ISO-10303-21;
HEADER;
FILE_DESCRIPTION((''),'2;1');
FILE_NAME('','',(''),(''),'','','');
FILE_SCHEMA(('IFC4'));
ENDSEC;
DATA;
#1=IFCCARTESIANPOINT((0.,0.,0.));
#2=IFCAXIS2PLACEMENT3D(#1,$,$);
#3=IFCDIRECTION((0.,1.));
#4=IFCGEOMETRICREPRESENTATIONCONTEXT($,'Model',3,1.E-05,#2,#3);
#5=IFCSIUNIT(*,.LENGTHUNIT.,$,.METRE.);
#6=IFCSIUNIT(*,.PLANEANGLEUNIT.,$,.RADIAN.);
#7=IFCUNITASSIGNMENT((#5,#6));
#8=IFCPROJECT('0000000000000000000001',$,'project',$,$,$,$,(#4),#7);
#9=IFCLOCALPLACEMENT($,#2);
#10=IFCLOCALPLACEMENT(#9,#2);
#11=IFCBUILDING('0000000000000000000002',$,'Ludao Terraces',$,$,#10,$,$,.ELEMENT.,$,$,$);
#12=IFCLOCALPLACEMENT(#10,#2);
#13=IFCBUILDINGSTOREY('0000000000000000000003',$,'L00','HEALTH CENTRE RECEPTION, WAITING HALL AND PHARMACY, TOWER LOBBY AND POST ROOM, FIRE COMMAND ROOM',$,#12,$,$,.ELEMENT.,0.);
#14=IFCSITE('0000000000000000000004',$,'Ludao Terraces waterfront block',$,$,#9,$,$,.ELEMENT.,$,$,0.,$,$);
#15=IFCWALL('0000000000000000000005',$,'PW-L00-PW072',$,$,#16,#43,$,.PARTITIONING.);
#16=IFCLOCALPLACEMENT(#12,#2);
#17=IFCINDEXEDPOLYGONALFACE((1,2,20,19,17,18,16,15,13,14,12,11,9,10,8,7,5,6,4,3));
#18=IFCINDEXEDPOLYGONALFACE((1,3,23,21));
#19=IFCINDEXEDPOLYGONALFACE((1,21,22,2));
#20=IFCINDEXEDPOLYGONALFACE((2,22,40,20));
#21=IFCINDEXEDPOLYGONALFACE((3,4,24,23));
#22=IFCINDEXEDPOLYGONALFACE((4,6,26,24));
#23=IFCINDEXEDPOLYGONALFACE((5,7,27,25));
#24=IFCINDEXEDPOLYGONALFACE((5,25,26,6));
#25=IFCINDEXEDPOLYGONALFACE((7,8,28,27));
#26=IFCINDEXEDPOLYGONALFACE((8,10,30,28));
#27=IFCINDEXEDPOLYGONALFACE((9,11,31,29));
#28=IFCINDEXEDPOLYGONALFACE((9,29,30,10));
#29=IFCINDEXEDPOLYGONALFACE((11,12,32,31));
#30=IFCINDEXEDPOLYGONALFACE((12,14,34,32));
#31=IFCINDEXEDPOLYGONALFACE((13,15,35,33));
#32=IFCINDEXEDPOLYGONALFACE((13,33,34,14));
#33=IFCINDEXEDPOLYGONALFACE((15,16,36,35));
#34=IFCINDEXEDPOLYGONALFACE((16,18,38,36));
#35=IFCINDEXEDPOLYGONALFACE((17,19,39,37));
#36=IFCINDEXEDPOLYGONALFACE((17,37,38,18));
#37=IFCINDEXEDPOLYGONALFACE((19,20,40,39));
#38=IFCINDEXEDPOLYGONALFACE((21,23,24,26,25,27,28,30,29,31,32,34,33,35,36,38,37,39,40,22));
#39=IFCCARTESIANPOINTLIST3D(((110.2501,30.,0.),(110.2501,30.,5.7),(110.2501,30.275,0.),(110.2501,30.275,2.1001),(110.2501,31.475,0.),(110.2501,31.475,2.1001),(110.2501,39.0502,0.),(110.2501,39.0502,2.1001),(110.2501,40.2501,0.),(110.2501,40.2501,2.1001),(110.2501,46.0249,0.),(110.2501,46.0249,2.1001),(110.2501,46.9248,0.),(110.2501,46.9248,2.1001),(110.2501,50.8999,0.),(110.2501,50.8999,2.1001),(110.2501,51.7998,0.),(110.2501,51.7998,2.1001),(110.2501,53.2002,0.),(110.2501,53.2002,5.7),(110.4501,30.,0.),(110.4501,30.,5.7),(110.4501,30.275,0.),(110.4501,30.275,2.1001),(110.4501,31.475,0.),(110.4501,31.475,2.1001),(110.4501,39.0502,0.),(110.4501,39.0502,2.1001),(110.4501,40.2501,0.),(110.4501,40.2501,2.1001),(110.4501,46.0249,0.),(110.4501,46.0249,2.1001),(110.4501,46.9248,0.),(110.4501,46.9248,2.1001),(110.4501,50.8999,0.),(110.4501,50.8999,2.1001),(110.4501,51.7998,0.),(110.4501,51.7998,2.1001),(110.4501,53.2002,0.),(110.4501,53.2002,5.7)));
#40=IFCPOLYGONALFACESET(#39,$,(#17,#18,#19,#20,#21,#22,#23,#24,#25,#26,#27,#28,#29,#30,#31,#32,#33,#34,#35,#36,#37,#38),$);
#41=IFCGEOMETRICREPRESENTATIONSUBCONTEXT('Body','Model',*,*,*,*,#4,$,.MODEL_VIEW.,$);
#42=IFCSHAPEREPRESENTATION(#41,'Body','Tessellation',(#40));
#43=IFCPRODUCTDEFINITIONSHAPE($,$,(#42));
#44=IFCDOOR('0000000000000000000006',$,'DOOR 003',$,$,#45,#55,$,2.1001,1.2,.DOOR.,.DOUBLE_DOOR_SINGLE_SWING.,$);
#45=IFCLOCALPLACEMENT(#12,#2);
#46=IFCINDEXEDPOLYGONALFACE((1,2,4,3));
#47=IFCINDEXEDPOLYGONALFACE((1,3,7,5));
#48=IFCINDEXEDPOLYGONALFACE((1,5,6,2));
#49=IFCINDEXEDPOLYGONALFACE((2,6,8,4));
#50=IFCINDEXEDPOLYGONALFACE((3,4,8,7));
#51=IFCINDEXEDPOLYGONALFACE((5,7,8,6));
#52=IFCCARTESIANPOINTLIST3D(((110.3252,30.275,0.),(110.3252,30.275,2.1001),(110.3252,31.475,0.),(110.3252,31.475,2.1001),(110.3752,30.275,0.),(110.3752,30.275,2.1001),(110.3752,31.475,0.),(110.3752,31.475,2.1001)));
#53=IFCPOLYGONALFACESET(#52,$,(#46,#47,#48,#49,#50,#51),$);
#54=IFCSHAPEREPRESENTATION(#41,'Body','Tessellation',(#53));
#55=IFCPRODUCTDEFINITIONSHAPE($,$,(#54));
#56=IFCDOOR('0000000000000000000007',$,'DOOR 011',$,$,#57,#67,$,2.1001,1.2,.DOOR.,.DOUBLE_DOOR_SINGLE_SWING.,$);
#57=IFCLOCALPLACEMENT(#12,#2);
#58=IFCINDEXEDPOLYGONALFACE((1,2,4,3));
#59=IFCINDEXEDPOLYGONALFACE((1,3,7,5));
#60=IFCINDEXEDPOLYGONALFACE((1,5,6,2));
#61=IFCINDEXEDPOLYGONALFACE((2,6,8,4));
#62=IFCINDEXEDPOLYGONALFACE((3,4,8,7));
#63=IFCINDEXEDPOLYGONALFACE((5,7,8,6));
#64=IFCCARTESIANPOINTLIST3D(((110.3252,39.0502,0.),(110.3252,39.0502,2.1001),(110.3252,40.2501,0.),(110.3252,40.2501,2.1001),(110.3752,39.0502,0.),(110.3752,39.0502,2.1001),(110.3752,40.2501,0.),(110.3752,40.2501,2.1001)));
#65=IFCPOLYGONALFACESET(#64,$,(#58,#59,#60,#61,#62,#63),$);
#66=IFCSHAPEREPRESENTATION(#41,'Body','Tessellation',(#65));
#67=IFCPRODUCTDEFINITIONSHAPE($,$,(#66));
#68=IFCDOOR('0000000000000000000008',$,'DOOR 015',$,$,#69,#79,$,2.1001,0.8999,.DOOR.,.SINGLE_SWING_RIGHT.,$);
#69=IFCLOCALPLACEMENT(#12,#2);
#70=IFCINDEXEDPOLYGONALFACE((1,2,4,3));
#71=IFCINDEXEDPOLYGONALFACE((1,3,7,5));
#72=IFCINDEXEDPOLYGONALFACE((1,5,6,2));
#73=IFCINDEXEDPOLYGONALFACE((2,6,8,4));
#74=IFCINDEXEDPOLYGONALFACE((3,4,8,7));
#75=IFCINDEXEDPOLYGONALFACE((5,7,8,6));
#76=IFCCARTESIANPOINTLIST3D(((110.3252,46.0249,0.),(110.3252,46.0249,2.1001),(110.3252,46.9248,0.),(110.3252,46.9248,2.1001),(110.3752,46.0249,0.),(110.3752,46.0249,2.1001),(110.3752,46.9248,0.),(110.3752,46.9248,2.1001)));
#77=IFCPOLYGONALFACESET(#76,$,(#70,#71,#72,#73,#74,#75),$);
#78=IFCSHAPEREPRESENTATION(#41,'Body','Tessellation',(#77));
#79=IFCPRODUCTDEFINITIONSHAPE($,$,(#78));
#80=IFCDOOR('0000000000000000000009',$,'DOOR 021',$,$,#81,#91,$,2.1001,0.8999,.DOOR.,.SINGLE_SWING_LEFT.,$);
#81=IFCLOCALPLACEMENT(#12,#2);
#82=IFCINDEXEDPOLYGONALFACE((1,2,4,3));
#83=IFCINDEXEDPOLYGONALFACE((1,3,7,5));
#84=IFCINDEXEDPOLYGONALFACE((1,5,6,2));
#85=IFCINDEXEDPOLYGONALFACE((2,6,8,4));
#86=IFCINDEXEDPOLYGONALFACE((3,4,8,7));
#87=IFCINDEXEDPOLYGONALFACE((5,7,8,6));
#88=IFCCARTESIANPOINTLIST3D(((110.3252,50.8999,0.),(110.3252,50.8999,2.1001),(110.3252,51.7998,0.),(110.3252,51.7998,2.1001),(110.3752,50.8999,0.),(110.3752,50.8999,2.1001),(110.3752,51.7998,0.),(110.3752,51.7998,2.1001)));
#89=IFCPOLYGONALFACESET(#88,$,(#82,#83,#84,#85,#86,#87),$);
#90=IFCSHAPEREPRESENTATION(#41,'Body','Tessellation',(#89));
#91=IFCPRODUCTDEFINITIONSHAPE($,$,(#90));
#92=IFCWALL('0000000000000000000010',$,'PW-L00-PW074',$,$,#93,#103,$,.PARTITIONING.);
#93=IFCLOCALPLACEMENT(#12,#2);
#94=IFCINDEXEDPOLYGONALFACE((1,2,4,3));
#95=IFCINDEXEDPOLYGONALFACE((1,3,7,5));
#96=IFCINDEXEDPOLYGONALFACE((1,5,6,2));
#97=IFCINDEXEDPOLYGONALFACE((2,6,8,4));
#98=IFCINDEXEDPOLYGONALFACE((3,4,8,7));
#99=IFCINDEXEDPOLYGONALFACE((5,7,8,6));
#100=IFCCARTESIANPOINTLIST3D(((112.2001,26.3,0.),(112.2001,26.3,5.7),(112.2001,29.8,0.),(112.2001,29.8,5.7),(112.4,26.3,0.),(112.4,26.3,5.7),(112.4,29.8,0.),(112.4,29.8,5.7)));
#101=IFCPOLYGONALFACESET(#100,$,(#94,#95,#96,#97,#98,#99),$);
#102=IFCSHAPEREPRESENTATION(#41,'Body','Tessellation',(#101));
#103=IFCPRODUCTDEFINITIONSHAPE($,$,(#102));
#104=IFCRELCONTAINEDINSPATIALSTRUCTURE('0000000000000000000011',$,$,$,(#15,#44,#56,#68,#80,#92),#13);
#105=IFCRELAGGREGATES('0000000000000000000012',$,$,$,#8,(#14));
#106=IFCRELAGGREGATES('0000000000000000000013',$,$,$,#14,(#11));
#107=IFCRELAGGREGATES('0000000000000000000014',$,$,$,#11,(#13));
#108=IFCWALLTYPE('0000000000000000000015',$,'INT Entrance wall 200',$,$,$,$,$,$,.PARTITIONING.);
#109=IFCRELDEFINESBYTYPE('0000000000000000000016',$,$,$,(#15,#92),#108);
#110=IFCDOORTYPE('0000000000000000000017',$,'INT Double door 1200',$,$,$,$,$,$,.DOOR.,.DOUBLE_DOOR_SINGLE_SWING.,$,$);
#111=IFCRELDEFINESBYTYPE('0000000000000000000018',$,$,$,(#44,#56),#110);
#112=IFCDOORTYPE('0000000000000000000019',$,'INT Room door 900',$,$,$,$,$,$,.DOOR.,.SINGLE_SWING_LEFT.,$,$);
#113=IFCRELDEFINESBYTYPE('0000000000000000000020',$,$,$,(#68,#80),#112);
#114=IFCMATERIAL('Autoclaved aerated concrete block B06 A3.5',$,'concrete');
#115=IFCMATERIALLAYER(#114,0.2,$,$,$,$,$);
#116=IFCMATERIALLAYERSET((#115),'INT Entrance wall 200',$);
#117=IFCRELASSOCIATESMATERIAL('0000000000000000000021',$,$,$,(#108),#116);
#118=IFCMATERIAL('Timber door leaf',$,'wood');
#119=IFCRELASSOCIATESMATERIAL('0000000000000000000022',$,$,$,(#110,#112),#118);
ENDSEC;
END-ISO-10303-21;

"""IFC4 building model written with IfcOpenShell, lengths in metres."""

from ifc_helpers import new_model, si_unit, direction, frame, frame_2d, origin, place, context, subcontext, project, spatial, rectangle, extrude, material, layer, layer_set, type_object, element, fill, save


model = new_model("IFC4")

# Units and contexts
model_context = context("Model", 3, precision=1e-05, world=origin(), true_north=direction((0.0, 1.0)))
body_context = subcontext(model_context, "Body", "Model", "MODEL_VIEW")
ifc_project = project(units=[si_unit("LENGTHUNIT", "METRE"), si_unit("PLANEANGLEUNIT", "RADIAN")], contexts=[model_context])

# Site, building, storey
site_placement = place(None, origin())
site = spatial("IfcSite", under=ifc_project, at=site_placement, Name="Ludao Terraces waterfront block", CompositionType="ELEMENT", RefElevation=0.0)
building_placement = place(site_placement, origin())
building = spatial("IfcBuilding", under=site, at=building_placement, Name="Ludao Terraces", CompositionType="ELEMENT")
storey_placement = place(building_placement, origin())
storey = spatial("IfcBuildingStorey", under=building, at=storey_placement, Name="L00", Description="HEALTH CENTRE RECEPTION, WAITING HALL AND PHARMACY, TOWER LOBBY AND POST ROOM, FIRE COMMAND ROOM", CompositionType="ELEMENT", Elevation=0.0)

# Shared definitions
ifc_material_1 = material(Name="Autoclaved aerated concrete block B06 A3.5", Category="concrete")
ifc_layer_1 = layer(ifc_material_1, 0.2)
ifc_layer_set_1 = layer_set([ifc_layer_1], Name="INT Entrance wall 200")
wall_type = type_object("IfcWallType", Name="INT Entrance wall 200", PredefinedType="PARTITIONING", material=ifc_layer_set_1)

# Wall, openings, doors
wall_1_placement = place(storey_placement, frame((110.3501, 30.0, 0.0), z_axis=(0.0, 0.0, 1.0), x_axis=(0.0, 1.0, 0.0)))
wall_1 = element("IfcWall", 1, at=wall_1_placement, inside=storey, type_object=wall_type, Name="PW-L00-PW072", PredefinedType="PARTITIONING", context=body_context, shape_type="SweptSolid", body=[
    extrude(rectangle(XDim=23.2002, YDim=0.2, at=frame_2d((11.6001, 0.0))), origin(), (0.0, 0.0, 1.0), 5.7),
])
opening_1_placement = place(wall_1_placement, frame((0.2749, 0.0, 0.0)))
opening_1 = element("IfcOpeningElement", 2, at=opening_1_placement, cuts=wall_1, PredefinedType="OPENING", context=body_context, shape_type="SweptSolid", body=[
    extrude(rectangle(XDim=1.2, YDim=2.1001, at=frame_2d((0.6001, 1.05))), frame((0.0, 0.1099, 0.0), z_axis=(0.0, -1.0, 0.0), x_axis=(1.0, 0.0, 0.0)), (0.0, 0.0, 1.0), 0.22),
])
opening_2_placement = place(wall_1_placement, frame((9.05, 0.0, 0.0)))
opening_2 = element("IfcOpeningElement", 3, at=opening_2_placement, cuts=wall_1, PredefinedType="OPENING", context=body_context, shape_type="SweptSolid", body=[
    extrude(rectangle(XDim=1.2, YDim=2.1001, at=frame_2d((0.6001, 1.05))), frame((0.0, 0.1099, 0.0), z_axis=(0.0, -1.0, 0.0), x_axis=(1.0, 0.0, 0.0)), (0.0, 0.0, 1.0), 0.22),
])
opening_3_placement = place(wall_1_placement, frame((16.0249, 0.0, 0.0)))
opening_3 = element("IfcOpeningElement", 4, at=opening_3_placement, cuts=wall_1, PredefinedType="OPENING", context=body_context, shape_type="SweptSolid", body=[
    extrude(rectangle(XDim=0.8999, YDim=2.1001, at=frame_2d((0.45, 1.05))), frame((0.0, 0.1099, 0.0), z_axis=(0.0, -1.0, 0.0), x_axis=(1.0, 0.0, 0.0)), (0.0, 0.0, 1.0), 0.22),
])
opening_4_placement = place(wall_1_placement, frame((20.8999, 0.0, 0.0)))
opening_4 = element("IfcOpeningElement", 5, at=opening_4_placement, cuts=wall_1, PredefinedType="OPENING", context=body_context, shape_type="SweptSolid", body=[
    extrude(rectangle(XDim=0.8999, YDim=2.1001, at=frame_2d((0.45, 1.05))), frame((0.0, 0.1099, 0.0), z_axis=(0.0, -1.0, 0.0), x_axis=(1.0, 0.0, 0.0)), (0.0, 0.0, 1.0), 0.22),
])
ifc_material_2 = material(Name="Timber door leaf", Category="wood")
door_type_1 = type_object("IfcDoorType", Name="INT Double door 1200", OperationType="DOUBLE_DOOR_SINGLE_SWING", PredefinedType="DOOR", material=ifc_material_2)
door_1_placement = place(opening_1_placement, origin())
door_1 = element("IfcDoor", 6, at=door_1_placement, inside=storey, type_object=door_type_1, Name="DOOR 003", OperationType="DOUBLE_DOOR_SINGLE_SWING", OverallHeight=2.1001, OverallWidth=1.2, PredefinedType="DOOR", context=body_context, shape_type="SweptSolid", body=[
    extrude(rectangle(XDim=1.2, YDim=2.1001, at=frame_2d((0.6001, 1.05))), frame((0.0, 0.0249, 0.0), z_axis=(0.0, -1.0, 0.0), x_axis=(1.0, 0.0, 0.0)), (0.0, 0.0, 1.0), 0.05),
])
fill(opening_1, door_1)
door_2_placement = place(opening_2_placement, origin())
door_2 = element("IfcDoor", 7, at=door_2_placement, inside=storey, type_object=door_type_1, Name="DOOR 011", OperationType="DOUBLE_DOOR_SINGLE_SWING", OverallHeight=2.1001, OverallWidth=1.2, PredefinedType="DOOR", context=body_context, shape_type="SweptSolid", body=[
    extrude(rectangle(XDim=1.2, YDim=2.1001, at=frame_2d((0.6001, 1.05))), frame((0.0, 0.0249, 0.0), z_axis=(0.0, -1.0, 0.0), x_axis=(1.0, 0.0, 0.0)), (0.0, 0.0, 1.0), 0.05),
])
fill(opening_2, door_2)
door_type_2 = type_object("IfcDoorType", Name="INT Room door 900", OperationType="SINGLE_SWING_LEFT", PredefinedType="DOOR", material=ifc_material_2)
door_3_placement = place(opening_3_placement, origin())
door_3 = element("IfcDoor", 8, at=door_3_placement, inside=storey, type_object=door_type_2, Name="DOOR 015", OperationType="SINGLE_SWING_RIGHT", OverallHeight=2.1001, OverallWidth=0.8999, PredefinedType="DOOR", context=body_context, shape_type="SweptSolid", body=[
    extrude(rectangle(XDim=0.8999, YDim=2.1001, at=frame_2d((0.45, 1.05))), frame((0.0, 0.0249, 0.0), z_axis=(0.0, -1.0, 0.0), x_axis=(1.0, 0.0, 0.0)), (0.0, 0.0, 1.0), 0.05),
])
fill(opening_3, door_3)
door_4_placement = place(opening_4_placement, origin())
door_4 = element("IfcDoor", 9, at=door_4_placement, inside=storey, type_object=door_type_2, Name="DOOR 021", OperationType="SINGLE_SWING_LEFT", OverallHeight=2.1001, OverallWidth=0.8999, PredefinedType="DOOR", context=body_context, shape_type="SweptSolid", body=[
    extrude(rectangle(XDim=0.8999, YDim=2.1001, at=frame_2d((0.45, 1.05))), frame((0.0, 0.0249, 0.0), z_axis=(0.0, -1.0, 0.0), x_axis=(1.0, 0.0, 0.0)), (0.0, 0.0, 1.0), 0.05),
])
fill(opening_4, door_4)

# Wall
wall_2_placement = place(storey_placement, frame((112.3, 26.3, 0.0), z_axis=(0.0, 0.0, 1.0), x_axis=(0.0, 1.0, 0.0)))
element("IfcWall", 10, at=wall_2_placement, inside=storey, type_object=wall_type, Name="PW-L00-PW074", PredefinedType="PARTITIONING", context=body_context, shape_type="SweptSolid", body=[
    extrude(rectangle(XDim=3.5, YDim=0.2, at=frame_2d((1.75, 0.0))), origin(), (0.0, 0.0, 1.0), 5.7),
])

save(model, "model.ifc")
